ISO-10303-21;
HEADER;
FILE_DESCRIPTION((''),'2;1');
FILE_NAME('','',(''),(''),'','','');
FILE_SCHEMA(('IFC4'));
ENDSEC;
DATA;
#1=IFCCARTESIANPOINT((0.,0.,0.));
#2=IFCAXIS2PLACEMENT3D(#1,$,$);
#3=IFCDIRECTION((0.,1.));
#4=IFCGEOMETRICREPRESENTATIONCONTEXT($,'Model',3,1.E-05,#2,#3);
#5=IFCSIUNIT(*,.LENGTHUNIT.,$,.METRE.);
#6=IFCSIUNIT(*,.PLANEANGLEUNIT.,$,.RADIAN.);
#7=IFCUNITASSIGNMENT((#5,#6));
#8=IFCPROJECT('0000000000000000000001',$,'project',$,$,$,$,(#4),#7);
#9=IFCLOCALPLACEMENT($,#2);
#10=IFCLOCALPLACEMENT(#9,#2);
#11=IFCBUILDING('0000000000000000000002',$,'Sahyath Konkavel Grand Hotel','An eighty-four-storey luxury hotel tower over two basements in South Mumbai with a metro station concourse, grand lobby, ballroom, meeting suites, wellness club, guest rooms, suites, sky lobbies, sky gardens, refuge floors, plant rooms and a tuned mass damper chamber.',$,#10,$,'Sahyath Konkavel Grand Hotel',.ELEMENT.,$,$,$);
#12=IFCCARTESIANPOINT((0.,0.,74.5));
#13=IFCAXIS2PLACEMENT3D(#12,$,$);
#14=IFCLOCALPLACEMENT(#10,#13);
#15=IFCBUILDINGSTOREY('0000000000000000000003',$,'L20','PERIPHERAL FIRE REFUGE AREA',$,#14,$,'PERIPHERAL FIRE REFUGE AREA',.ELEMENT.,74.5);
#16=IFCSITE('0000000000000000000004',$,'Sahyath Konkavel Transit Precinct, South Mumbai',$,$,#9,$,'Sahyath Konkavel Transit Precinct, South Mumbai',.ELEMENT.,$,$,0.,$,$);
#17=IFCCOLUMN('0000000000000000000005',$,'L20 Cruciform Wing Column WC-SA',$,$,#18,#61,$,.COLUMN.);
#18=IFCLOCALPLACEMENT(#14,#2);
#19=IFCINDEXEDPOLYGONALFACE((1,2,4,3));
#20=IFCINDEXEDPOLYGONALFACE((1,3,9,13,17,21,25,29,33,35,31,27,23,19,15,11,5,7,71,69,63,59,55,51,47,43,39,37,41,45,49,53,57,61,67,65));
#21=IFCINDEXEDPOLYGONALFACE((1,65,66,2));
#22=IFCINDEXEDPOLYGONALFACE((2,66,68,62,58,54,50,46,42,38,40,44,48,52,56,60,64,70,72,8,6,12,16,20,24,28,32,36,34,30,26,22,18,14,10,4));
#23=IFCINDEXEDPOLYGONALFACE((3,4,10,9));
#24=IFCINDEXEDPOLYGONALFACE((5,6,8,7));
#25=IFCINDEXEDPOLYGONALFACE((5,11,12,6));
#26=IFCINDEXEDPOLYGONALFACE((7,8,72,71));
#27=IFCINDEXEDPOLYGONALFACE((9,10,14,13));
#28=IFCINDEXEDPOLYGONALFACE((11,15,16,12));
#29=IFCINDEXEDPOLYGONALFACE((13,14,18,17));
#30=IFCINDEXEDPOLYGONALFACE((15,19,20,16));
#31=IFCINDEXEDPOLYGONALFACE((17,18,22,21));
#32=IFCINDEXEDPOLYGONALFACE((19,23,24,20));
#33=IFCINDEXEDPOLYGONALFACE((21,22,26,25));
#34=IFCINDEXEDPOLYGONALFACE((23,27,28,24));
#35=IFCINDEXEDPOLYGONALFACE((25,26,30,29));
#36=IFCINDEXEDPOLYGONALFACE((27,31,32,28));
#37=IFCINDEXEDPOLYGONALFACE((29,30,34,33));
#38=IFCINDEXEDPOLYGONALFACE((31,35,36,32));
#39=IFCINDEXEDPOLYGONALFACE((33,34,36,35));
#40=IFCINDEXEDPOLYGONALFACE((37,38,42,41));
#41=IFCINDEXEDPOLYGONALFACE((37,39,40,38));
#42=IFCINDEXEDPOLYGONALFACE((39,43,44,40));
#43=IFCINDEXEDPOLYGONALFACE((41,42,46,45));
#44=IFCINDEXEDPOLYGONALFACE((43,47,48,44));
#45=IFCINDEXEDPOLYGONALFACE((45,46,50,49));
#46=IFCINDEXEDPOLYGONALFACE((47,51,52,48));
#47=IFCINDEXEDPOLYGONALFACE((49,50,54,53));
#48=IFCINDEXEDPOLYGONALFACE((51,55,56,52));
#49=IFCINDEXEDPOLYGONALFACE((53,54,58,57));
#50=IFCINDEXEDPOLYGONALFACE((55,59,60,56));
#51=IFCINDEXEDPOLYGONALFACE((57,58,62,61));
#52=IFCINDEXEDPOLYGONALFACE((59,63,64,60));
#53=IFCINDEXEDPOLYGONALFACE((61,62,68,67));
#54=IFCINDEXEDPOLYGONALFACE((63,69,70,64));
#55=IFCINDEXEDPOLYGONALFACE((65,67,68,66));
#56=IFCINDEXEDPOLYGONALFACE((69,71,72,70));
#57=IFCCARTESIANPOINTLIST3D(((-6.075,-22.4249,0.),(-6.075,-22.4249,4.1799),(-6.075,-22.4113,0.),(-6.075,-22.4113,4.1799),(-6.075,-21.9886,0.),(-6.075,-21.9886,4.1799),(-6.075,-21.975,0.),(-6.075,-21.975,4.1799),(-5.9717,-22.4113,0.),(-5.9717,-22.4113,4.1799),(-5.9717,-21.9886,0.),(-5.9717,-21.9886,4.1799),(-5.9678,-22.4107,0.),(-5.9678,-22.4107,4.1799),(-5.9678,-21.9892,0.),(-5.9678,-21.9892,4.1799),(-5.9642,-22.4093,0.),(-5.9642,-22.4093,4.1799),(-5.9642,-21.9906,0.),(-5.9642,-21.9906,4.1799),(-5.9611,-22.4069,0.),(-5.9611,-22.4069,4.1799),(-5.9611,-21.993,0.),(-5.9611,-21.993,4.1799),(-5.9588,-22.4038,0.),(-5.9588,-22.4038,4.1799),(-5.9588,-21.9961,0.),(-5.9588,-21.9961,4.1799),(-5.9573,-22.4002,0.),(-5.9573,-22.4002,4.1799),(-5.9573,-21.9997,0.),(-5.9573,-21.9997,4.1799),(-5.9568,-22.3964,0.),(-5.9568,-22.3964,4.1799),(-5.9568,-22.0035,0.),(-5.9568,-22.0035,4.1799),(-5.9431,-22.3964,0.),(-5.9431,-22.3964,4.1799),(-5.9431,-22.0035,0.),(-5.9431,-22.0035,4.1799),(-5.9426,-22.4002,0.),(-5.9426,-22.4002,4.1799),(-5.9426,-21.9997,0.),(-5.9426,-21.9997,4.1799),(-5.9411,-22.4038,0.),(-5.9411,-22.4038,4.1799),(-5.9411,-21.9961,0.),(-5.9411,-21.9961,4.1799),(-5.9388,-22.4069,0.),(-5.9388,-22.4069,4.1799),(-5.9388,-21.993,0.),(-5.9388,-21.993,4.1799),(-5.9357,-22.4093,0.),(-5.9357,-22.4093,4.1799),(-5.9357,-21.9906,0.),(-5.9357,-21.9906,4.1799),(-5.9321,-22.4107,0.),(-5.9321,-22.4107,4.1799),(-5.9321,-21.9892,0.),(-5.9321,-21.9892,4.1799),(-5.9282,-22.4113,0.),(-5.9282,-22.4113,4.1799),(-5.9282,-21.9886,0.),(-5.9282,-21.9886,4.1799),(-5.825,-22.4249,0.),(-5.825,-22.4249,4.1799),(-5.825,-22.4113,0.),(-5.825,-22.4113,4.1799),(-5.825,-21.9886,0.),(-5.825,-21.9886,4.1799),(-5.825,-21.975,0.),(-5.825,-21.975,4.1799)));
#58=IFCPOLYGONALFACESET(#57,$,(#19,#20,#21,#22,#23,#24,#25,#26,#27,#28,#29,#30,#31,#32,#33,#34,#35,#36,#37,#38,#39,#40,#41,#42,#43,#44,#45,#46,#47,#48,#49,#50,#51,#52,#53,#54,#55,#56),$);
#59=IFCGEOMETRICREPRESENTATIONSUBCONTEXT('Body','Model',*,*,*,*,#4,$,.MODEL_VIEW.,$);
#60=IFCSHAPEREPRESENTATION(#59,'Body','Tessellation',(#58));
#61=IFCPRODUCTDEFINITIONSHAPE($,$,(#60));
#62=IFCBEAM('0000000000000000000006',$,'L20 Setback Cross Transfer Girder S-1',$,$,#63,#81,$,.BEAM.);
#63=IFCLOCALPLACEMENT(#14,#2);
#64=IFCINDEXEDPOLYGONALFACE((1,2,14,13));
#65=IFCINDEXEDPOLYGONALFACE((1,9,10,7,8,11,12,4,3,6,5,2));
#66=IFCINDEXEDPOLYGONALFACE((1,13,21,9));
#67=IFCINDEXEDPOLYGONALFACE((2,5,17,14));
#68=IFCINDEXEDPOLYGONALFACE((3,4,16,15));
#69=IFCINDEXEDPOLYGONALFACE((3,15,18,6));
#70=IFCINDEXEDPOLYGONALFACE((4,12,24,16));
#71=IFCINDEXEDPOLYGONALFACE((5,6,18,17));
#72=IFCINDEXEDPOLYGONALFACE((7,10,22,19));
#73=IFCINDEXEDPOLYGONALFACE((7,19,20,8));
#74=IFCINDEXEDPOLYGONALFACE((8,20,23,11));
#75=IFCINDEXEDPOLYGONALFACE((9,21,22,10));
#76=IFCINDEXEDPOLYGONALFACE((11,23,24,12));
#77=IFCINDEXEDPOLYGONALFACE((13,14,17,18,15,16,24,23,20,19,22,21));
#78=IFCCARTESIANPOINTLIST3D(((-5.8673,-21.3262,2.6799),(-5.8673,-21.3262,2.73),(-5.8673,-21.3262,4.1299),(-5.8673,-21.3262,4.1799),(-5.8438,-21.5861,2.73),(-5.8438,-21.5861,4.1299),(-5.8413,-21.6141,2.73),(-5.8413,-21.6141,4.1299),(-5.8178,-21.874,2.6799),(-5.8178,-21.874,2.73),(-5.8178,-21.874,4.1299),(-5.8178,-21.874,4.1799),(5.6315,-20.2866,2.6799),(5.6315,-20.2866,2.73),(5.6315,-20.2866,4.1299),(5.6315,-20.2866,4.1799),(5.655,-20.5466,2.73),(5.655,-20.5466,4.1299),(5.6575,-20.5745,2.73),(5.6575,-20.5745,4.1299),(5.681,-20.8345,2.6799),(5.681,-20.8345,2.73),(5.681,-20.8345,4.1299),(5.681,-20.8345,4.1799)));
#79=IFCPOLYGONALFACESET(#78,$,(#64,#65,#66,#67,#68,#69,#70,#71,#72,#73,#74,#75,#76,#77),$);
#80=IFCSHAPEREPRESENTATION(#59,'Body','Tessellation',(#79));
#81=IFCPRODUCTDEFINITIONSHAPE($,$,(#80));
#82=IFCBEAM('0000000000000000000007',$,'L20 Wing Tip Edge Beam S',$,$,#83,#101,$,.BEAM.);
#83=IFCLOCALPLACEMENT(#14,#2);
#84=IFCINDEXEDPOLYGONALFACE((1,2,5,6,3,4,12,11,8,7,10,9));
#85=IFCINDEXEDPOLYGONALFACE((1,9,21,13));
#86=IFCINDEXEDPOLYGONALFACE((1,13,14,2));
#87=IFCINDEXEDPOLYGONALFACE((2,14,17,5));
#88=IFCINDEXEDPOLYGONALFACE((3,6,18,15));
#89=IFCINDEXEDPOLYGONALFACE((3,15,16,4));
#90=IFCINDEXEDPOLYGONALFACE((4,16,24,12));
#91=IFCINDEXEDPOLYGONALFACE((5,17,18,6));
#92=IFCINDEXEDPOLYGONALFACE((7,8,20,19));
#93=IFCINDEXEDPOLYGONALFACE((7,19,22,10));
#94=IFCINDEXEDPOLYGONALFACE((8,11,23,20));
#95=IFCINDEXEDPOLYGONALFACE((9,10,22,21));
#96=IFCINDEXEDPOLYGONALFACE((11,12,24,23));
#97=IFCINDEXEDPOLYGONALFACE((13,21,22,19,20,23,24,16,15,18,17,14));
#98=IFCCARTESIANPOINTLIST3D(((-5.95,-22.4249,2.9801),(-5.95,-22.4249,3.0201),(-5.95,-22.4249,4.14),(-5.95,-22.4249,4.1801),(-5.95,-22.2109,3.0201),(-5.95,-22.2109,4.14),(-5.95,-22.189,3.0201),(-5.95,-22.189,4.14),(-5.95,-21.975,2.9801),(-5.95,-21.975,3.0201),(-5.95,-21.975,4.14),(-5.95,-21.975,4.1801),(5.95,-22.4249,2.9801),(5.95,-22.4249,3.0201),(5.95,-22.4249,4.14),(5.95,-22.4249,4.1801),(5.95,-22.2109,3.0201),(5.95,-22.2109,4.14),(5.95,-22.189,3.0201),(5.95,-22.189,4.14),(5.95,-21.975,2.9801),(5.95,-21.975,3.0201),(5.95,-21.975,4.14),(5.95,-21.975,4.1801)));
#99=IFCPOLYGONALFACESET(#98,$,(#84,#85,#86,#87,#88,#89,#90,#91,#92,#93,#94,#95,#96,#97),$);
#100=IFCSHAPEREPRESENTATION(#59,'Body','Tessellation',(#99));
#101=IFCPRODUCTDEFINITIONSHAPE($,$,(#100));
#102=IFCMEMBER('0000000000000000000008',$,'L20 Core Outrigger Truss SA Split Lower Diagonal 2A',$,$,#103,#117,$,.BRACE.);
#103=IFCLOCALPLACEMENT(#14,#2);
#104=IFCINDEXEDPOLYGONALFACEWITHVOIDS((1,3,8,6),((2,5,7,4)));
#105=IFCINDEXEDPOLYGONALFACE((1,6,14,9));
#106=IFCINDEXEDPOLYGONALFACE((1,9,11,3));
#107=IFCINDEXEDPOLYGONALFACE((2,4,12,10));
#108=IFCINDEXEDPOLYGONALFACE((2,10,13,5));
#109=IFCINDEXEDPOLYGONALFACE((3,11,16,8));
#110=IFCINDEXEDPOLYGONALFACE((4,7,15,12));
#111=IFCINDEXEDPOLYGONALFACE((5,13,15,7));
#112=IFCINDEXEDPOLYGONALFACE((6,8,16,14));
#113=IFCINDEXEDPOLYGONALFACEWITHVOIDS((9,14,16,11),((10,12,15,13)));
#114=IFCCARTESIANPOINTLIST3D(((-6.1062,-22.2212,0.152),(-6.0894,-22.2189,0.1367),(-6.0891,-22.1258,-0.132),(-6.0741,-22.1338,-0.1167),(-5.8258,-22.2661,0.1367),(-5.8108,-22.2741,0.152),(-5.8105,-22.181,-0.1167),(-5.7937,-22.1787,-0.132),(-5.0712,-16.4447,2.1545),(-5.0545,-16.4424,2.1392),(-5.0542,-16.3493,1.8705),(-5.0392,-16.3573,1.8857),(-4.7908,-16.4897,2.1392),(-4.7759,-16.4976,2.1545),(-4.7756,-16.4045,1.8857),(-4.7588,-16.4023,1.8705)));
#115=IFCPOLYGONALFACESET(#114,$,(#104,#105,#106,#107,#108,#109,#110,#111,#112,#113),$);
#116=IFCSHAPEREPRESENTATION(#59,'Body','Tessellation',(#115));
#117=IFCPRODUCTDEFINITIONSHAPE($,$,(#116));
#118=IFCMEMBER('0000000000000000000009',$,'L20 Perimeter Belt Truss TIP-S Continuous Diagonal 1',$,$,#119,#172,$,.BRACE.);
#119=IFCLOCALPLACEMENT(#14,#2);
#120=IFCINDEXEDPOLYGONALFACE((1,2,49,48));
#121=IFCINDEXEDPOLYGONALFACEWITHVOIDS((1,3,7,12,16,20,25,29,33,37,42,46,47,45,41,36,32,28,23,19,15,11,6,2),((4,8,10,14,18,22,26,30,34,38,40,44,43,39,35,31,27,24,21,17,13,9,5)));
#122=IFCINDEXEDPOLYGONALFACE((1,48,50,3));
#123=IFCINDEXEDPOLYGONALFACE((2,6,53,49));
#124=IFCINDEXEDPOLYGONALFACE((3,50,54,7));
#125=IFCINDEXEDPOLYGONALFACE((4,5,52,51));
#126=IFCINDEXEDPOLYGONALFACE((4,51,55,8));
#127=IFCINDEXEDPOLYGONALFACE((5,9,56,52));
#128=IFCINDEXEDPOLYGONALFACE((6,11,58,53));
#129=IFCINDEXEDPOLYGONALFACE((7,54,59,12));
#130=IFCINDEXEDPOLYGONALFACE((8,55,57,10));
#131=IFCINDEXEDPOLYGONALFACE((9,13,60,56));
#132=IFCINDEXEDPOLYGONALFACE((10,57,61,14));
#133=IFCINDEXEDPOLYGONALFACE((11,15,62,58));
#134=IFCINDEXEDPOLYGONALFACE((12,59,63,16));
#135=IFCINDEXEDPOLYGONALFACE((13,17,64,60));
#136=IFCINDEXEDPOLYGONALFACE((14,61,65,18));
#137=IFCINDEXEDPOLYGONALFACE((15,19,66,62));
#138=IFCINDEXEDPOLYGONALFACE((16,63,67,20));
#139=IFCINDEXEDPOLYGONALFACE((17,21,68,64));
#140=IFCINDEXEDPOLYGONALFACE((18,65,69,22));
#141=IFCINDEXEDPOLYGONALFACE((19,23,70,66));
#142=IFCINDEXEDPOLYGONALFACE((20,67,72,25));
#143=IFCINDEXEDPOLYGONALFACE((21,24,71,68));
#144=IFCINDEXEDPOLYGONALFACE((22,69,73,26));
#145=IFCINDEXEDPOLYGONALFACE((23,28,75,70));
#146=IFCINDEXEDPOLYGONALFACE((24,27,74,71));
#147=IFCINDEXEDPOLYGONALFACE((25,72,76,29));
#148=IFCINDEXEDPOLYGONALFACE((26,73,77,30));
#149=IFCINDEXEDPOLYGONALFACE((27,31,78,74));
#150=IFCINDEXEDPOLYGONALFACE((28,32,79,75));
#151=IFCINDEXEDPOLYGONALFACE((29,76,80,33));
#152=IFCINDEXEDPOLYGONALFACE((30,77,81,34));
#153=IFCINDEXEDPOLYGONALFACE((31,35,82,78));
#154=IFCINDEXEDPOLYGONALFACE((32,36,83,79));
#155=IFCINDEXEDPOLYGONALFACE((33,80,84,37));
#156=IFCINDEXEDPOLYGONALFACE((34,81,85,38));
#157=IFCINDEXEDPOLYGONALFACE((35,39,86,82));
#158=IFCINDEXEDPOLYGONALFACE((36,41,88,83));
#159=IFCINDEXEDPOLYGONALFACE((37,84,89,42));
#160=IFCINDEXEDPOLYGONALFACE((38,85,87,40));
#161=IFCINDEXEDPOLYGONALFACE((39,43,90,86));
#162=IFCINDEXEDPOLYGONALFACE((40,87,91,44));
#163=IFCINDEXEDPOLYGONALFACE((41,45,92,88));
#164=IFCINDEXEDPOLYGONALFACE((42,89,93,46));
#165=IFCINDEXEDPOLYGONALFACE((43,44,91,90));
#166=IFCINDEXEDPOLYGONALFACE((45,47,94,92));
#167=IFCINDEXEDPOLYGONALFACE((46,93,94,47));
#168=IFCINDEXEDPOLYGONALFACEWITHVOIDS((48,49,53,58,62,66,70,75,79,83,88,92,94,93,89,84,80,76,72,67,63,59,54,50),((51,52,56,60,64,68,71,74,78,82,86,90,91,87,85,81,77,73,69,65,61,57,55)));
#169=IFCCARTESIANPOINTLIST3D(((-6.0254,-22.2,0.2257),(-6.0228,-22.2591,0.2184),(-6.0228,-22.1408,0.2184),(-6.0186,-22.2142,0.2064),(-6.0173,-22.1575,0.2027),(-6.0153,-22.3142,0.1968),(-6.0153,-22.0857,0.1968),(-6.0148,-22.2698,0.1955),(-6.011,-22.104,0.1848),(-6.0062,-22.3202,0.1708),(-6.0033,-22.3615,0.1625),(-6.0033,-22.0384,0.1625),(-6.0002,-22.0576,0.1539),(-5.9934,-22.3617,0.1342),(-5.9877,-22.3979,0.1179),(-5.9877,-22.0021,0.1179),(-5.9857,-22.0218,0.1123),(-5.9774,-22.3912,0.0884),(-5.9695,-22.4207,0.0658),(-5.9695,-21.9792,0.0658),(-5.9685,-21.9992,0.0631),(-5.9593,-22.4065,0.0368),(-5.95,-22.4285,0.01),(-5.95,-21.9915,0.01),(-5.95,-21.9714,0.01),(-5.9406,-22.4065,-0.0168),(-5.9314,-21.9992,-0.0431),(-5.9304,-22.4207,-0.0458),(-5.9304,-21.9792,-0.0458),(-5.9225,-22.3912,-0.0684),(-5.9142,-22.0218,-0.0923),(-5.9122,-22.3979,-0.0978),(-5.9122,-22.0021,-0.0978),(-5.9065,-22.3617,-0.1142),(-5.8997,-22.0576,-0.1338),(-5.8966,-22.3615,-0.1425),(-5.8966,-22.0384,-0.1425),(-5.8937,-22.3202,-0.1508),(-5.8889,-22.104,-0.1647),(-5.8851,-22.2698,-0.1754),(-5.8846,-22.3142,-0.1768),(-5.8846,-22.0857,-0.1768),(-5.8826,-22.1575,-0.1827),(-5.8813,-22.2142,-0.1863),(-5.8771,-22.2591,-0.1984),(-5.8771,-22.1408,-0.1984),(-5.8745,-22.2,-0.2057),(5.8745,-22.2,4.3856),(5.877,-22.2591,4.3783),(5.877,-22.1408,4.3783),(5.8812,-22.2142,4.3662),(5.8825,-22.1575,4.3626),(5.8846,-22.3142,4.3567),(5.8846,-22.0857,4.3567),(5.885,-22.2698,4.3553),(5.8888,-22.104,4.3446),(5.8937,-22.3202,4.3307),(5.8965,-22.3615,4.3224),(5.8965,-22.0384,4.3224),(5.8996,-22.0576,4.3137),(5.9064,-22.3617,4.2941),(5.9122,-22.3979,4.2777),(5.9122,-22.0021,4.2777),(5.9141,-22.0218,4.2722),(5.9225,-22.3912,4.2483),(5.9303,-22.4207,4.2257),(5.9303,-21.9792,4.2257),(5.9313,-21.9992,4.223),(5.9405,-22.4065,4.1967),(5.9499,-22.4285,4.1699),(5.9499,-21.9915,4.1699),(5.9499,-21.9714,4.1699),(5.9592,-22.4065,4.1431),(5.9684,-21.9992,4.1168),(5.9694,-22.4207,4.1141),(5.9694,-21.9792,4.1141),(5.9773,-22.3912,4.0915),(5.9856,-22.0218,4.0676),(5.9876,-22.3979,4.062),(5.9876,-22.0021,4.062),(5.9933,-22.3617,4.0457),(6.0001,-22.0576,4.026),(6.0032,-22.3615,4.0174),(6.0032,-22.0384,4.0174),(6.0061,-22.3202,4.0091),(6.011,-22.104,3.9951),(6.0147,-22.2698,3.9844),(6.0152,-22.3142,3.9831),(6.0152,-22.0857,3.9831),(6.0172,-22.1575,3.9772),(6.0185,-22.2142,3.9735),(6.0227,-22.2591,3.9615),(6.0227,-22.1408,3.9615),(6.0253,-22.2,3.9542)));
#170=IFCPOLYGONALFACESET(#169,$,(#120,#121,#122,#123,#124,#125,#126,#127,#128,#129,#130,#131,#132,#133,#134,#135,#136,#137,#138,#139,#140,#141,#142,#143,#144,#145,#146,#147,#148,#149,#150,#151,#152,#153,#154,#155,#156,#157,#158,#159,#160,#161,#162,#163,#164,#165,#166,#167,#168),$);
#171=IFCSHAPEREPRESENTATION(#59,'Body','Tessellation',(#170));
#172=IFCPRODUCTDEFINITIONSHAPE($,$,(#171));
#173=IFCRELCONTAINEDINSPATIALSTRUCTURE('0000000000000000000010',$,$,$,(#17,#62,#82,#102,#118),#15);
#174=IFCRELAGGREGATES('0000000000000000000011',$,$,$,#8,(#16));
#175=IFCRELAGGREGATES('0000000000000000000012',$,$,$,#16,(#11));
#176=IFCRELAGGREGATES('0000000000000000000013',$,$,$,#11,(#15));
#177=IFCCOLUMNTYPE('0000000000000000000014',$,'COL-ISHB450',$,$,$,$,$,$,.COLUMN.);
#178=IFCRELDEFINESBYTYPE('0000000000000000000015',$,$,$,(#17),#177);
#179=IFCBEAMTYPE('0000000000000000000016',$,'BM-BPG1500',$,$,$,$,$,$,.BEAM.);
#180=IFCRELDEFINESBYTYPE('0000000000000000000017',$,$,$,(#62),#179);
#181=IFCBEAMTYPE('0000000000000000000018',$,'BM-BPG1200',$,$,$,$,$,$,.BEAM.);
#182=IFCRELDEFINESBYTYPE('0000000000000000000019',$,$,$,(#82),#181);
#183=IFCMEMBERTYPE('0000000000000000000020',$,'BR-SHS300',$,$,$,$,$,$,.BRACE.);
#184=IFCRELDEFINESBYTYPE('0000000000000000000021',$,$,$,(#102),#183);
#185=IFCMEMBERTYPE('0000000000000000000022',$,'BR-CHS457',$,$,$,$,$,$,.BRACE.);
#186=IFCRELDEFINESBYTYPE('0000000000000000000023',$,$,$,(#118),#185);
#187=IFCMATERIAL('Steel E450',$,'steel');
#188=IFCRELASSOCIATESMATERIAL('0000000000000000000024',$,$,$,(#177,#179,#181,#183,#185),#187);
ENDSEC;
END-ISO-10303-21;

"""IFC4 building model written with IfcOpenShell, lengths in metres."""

from ifc_helpers import new_model, si_unit, direction, frame, origin, origin_2d, place, context, subcontext, project, spatial, hollow_rectangle, hollow_circle, i_section, extrude, source, transform, mapped, material, material_profile, profile_set, type_object, element, save


model = new_model("IFC4")

# Units and contexts
model_context = context("Model", 3, precision=1e-05, world=origin(), true_north=direction((0.0, 1.0)))
body_context = subcontext(model_context, "Body", "Model", "MODEL_VIEW")
ifc_project = project(units=[si_unit("LENGTHUNIT", "METRE"), si_unit("PLANEANGLEUNIT", "RADIAN")], contexts=[model_context])

# Site, building, storey
site_placement = place(None, origin())
site = spatial("IfcSite", under=ifc_project, at=site_placement, Name="Sahyath Konkavel Transit Precinct, South Mumbai", LongName="Sahyath Konkavel Transit Precinct, South Mumbai", CompositionType="ELEMENT", RefElevation=0.0)
building_placement = place(site_placement, origin())
building = spatial("IfcBuilding", under=site, at=building_placement, Name="Sahyath Konkavel Grand Hotel", Description="An eighty-four-storey luxury hotel tower over two basements in South Mumbai with a metro station concourse, grand lobby, ballroom, meeting suites, wellness club, guest rooms, suites, sky lobbies, sky gardens, refuge floors, plant rooms and a tuned mass damper chamber.", LongName="Sahyath Konkavel Grand Hotel", CompositionType="ELEMENT")
storey_placement = place(building_placement, frame((0.0, 0.0, 74.5)))
storey = spatial("IfcBuildingStorey", under=building, at=storey_placement, Name="L20", Description="PERIPHERAL FIRE REFUGE AREA", LongName="PERIPHERAL FIRE REFUGE AREA", CompositionType="ELEMENT", Elevation=74.5)

# Column
ifc_material_1 = material(Name="Steel E450", Category="steel")
ifc_material_profile_1 = material_profile(ifc_material_1, i_section(OverallWidth=0.25, OverallDepth=0.45, WebThickness=0.0137, FlangeThickness=0.0137, FilletRadius=0.0149, at=origin_2d()), Name="ISHB 450")
ifc_profile_set_1 = profile_set([ifc_material_profile_1], Name="Steel E450")
column_type = type_object("IfcColumnType", Name="COL-ISHB450", PredefinedType="COLUMN", material=ifc_profile_set_1)
shared_shape_1 = source(origin(), body_context, "Body", "SweptSolid", [
    extrude(i_section(OverallWidth=0.25, OverallDepth=0.45, WebThickness=0.0137, FlangeThickness=0.0137, FilletRadius=0.0149, at=origin_2d()), origin(), (0.0, 0.0, 1.0), 4.1799),
])
column_placement = place(storey_placement, frame((-5.95, -22.2, 0.0), z_axis=(0.0, 0.0, 1.0), x_axis=(1.0, 0.0, 0.0)))
element("IfcColumn", 1, at=column_placement, inside=storey, type_object=column_type, Name="L20 Cruciform Wing Column WC-SA", PredefinedType="COLUMN", context=body_context, shape_type="MappedRepresentation", body=[
    mapped(shared_shape_1, transform((0.0, 0.0, 0.0), scale=1.0)),
])

# Beams
ifc_material_profile_2 = material_profile(ifc_material_1, i_section(OverallWidth=0.55, OverallDepth=1.5, WebThickness=0.0281, FlangeThickness=0.05, at=origin_2d()), Name="BPG 1500x550")
ifc_profile_set_2 = profile_set([ifc_material_profile_2], Name="Steel E450")
beam_type_1 = type_object("IfcBeamType", Name="BM-BPG1500", PredefinedType="BEAM", material=ifc_profile_set_2)
shared_shape_2 = source(origin(), body_context, "Body", "SweptSolid", [
    extrude(i_section(OverallWidth=0.55, OverallDepth=1.5, WebThickness=0.0281, FlangeThickness=0.05, at=origin_2d()), origin(), (0.0, 0.0, 1.0), 11.5457),
])
beam_1_placement = place(storey_placement, frame((-5.8425, -21.6001, 3.4299), z_axis=(0.995938, 0.090038, 0.0), x_axis=(-0.090038, 0.995938, 0.0)))
element("IfcBeam", 2, at=beam_1_placement, inside=storey, type_object=beam_type_1, Name="L20 Setback Cross Transfer Girder S-1", PredefinedType="BEAM", context=body_context, shape_type="MappedRepresentation", body=[
    mapped(shared_shape_2, transform((0.0, 0.0, 0.0), scale=1.0)),
])
ifc_material_profile_3 = material_profile(ifc_material_1, i_section(OverallWidth=0.45, OverallDepth=1.2, WebThickness=0.022, FlangeThickness=0.04, at=origin_2d()), Name="BPG 1200x450")
ifc_profile_set_3 = profile_set([ifc_material_profile_3], Name="Steel E450")
beam_type_2 = type_object("IfcBeamType", Name="BM-BPG1200", PredefinedType="BEAM", material=ifc_profile_set_3)
shared_shape_3 = source(origin(), body_context, "Body", "SweptSolid", [
    extrude(i_section(OverallWidth=0.45, OverallDepth=1.2, WebThickness=0.022, FlangeThickness=0.04, at=origin_2d()), origin(), (0.0, 0.0, 1.0), 11.8999),
])
beam_2_placement = place(storey_placement, frame((-5.95, -22.2, 3.5801), z_axis=(1.0, 0.0, 0.0), x_axis=(0.0, 1.0, 0.0)))
element("IfcBeam", 3, at=beam_2_placement, inside=storey, type_object=beam_type_2, Name="L20 Wing Tip Edge Beam S", PredefinedType="BEAM", context=body_context, shape_type="MappedRepresentation", body=[
    mapped(shared_shape_3, transform((0.0, 0.0, 0.0), scale=1.0)),
])

# Members
ifc_material_profile_4 = material_profile(ifc_material_1, hollow_rectangle(XDim=0.3, YDim=0.3, WallThickness=0.0161, at=origin_2d()), Name="SHS 300x300x16")
ifc_profile_set_4 = profile_set([ifc_material_profile_4], Name="Steel E450")
member_type_1 = type_object("IfcMemberType", Name="BR-SHS300", PredefinedType="BRACE", material=ifc_profile_set_4)
shared_shape_4 = source(origin(), body_context, "Body", "SweptSolid", [
    extrude(hollow_rectangle(XDim=0.3, YDim=0.3, WallThickness=0.0161, at=origin_2d()), origin(), (0.0, 0.0, 1.0), 6.2007),
])
member_1_placement = place(storey_placement, frame((-5.95, -22.2, 0.01), z_axis=(0.166906, 0.931584, 0.322944), x_axis=(-0.984327, 0.176355, 0.0)))
element("IfcMember", 4, at=member_1_placement, inside=storey, type_object=member_type_1, Name="L20 Core Outrigger Truss SA Split Lower Diagonal 2A", PredefinedType="BRACE", context=body_context, shape_type="MappedRepresentation", body=[
    mapped(shared_shape_4, transform((0.0, 0.0, 0.0), scale=1.0)),
])
ifc_material_profile_5 = material_profile(ifc_material_1, hollow_circle(Radius=0.2285, WallThickness=0.02, at=origin_2d()), Name="CHS 457.0x20")
ifc_profile_set_5 = profile_set([ifc_material_profile_5], Name="Steel E450")
member_type_2 = type_object("IfcMemberType", Name="BR-CHS457", PredefinedType="BRACE", material=ifc_profile_set_5)
shared_shape_5 = source(origin(), body_context, "Body", "SweptSolid", [
    extrude(hollow_circle(Radius=0.2285, WallThickness=0.02, at=origin_2d()), origin(), (0.0, 0.0, 1.0), 12.606),
])
member_2_placement = place(storey_placement, frame((-5.95, -22.2, 0.01), z_axis=(0.943983, 0.0, 0.329993), x_axis=(0.0, 1.0, 0.0)))
element("IfcMember", 5, at=member_2_placement, inside=storey, type_object=member_type_2, Name="L20 Perimeter Belt Truss TIP-S Continuous Diagonal 1", PredefinedType="BRACE", context=body_context, shape_type="MappedRepresentation", body=[
    mapped(shared_shape_5, transform((0.0, 0.0, 0.0), scale=1.0)),
])

save(model, "model.ifc")
